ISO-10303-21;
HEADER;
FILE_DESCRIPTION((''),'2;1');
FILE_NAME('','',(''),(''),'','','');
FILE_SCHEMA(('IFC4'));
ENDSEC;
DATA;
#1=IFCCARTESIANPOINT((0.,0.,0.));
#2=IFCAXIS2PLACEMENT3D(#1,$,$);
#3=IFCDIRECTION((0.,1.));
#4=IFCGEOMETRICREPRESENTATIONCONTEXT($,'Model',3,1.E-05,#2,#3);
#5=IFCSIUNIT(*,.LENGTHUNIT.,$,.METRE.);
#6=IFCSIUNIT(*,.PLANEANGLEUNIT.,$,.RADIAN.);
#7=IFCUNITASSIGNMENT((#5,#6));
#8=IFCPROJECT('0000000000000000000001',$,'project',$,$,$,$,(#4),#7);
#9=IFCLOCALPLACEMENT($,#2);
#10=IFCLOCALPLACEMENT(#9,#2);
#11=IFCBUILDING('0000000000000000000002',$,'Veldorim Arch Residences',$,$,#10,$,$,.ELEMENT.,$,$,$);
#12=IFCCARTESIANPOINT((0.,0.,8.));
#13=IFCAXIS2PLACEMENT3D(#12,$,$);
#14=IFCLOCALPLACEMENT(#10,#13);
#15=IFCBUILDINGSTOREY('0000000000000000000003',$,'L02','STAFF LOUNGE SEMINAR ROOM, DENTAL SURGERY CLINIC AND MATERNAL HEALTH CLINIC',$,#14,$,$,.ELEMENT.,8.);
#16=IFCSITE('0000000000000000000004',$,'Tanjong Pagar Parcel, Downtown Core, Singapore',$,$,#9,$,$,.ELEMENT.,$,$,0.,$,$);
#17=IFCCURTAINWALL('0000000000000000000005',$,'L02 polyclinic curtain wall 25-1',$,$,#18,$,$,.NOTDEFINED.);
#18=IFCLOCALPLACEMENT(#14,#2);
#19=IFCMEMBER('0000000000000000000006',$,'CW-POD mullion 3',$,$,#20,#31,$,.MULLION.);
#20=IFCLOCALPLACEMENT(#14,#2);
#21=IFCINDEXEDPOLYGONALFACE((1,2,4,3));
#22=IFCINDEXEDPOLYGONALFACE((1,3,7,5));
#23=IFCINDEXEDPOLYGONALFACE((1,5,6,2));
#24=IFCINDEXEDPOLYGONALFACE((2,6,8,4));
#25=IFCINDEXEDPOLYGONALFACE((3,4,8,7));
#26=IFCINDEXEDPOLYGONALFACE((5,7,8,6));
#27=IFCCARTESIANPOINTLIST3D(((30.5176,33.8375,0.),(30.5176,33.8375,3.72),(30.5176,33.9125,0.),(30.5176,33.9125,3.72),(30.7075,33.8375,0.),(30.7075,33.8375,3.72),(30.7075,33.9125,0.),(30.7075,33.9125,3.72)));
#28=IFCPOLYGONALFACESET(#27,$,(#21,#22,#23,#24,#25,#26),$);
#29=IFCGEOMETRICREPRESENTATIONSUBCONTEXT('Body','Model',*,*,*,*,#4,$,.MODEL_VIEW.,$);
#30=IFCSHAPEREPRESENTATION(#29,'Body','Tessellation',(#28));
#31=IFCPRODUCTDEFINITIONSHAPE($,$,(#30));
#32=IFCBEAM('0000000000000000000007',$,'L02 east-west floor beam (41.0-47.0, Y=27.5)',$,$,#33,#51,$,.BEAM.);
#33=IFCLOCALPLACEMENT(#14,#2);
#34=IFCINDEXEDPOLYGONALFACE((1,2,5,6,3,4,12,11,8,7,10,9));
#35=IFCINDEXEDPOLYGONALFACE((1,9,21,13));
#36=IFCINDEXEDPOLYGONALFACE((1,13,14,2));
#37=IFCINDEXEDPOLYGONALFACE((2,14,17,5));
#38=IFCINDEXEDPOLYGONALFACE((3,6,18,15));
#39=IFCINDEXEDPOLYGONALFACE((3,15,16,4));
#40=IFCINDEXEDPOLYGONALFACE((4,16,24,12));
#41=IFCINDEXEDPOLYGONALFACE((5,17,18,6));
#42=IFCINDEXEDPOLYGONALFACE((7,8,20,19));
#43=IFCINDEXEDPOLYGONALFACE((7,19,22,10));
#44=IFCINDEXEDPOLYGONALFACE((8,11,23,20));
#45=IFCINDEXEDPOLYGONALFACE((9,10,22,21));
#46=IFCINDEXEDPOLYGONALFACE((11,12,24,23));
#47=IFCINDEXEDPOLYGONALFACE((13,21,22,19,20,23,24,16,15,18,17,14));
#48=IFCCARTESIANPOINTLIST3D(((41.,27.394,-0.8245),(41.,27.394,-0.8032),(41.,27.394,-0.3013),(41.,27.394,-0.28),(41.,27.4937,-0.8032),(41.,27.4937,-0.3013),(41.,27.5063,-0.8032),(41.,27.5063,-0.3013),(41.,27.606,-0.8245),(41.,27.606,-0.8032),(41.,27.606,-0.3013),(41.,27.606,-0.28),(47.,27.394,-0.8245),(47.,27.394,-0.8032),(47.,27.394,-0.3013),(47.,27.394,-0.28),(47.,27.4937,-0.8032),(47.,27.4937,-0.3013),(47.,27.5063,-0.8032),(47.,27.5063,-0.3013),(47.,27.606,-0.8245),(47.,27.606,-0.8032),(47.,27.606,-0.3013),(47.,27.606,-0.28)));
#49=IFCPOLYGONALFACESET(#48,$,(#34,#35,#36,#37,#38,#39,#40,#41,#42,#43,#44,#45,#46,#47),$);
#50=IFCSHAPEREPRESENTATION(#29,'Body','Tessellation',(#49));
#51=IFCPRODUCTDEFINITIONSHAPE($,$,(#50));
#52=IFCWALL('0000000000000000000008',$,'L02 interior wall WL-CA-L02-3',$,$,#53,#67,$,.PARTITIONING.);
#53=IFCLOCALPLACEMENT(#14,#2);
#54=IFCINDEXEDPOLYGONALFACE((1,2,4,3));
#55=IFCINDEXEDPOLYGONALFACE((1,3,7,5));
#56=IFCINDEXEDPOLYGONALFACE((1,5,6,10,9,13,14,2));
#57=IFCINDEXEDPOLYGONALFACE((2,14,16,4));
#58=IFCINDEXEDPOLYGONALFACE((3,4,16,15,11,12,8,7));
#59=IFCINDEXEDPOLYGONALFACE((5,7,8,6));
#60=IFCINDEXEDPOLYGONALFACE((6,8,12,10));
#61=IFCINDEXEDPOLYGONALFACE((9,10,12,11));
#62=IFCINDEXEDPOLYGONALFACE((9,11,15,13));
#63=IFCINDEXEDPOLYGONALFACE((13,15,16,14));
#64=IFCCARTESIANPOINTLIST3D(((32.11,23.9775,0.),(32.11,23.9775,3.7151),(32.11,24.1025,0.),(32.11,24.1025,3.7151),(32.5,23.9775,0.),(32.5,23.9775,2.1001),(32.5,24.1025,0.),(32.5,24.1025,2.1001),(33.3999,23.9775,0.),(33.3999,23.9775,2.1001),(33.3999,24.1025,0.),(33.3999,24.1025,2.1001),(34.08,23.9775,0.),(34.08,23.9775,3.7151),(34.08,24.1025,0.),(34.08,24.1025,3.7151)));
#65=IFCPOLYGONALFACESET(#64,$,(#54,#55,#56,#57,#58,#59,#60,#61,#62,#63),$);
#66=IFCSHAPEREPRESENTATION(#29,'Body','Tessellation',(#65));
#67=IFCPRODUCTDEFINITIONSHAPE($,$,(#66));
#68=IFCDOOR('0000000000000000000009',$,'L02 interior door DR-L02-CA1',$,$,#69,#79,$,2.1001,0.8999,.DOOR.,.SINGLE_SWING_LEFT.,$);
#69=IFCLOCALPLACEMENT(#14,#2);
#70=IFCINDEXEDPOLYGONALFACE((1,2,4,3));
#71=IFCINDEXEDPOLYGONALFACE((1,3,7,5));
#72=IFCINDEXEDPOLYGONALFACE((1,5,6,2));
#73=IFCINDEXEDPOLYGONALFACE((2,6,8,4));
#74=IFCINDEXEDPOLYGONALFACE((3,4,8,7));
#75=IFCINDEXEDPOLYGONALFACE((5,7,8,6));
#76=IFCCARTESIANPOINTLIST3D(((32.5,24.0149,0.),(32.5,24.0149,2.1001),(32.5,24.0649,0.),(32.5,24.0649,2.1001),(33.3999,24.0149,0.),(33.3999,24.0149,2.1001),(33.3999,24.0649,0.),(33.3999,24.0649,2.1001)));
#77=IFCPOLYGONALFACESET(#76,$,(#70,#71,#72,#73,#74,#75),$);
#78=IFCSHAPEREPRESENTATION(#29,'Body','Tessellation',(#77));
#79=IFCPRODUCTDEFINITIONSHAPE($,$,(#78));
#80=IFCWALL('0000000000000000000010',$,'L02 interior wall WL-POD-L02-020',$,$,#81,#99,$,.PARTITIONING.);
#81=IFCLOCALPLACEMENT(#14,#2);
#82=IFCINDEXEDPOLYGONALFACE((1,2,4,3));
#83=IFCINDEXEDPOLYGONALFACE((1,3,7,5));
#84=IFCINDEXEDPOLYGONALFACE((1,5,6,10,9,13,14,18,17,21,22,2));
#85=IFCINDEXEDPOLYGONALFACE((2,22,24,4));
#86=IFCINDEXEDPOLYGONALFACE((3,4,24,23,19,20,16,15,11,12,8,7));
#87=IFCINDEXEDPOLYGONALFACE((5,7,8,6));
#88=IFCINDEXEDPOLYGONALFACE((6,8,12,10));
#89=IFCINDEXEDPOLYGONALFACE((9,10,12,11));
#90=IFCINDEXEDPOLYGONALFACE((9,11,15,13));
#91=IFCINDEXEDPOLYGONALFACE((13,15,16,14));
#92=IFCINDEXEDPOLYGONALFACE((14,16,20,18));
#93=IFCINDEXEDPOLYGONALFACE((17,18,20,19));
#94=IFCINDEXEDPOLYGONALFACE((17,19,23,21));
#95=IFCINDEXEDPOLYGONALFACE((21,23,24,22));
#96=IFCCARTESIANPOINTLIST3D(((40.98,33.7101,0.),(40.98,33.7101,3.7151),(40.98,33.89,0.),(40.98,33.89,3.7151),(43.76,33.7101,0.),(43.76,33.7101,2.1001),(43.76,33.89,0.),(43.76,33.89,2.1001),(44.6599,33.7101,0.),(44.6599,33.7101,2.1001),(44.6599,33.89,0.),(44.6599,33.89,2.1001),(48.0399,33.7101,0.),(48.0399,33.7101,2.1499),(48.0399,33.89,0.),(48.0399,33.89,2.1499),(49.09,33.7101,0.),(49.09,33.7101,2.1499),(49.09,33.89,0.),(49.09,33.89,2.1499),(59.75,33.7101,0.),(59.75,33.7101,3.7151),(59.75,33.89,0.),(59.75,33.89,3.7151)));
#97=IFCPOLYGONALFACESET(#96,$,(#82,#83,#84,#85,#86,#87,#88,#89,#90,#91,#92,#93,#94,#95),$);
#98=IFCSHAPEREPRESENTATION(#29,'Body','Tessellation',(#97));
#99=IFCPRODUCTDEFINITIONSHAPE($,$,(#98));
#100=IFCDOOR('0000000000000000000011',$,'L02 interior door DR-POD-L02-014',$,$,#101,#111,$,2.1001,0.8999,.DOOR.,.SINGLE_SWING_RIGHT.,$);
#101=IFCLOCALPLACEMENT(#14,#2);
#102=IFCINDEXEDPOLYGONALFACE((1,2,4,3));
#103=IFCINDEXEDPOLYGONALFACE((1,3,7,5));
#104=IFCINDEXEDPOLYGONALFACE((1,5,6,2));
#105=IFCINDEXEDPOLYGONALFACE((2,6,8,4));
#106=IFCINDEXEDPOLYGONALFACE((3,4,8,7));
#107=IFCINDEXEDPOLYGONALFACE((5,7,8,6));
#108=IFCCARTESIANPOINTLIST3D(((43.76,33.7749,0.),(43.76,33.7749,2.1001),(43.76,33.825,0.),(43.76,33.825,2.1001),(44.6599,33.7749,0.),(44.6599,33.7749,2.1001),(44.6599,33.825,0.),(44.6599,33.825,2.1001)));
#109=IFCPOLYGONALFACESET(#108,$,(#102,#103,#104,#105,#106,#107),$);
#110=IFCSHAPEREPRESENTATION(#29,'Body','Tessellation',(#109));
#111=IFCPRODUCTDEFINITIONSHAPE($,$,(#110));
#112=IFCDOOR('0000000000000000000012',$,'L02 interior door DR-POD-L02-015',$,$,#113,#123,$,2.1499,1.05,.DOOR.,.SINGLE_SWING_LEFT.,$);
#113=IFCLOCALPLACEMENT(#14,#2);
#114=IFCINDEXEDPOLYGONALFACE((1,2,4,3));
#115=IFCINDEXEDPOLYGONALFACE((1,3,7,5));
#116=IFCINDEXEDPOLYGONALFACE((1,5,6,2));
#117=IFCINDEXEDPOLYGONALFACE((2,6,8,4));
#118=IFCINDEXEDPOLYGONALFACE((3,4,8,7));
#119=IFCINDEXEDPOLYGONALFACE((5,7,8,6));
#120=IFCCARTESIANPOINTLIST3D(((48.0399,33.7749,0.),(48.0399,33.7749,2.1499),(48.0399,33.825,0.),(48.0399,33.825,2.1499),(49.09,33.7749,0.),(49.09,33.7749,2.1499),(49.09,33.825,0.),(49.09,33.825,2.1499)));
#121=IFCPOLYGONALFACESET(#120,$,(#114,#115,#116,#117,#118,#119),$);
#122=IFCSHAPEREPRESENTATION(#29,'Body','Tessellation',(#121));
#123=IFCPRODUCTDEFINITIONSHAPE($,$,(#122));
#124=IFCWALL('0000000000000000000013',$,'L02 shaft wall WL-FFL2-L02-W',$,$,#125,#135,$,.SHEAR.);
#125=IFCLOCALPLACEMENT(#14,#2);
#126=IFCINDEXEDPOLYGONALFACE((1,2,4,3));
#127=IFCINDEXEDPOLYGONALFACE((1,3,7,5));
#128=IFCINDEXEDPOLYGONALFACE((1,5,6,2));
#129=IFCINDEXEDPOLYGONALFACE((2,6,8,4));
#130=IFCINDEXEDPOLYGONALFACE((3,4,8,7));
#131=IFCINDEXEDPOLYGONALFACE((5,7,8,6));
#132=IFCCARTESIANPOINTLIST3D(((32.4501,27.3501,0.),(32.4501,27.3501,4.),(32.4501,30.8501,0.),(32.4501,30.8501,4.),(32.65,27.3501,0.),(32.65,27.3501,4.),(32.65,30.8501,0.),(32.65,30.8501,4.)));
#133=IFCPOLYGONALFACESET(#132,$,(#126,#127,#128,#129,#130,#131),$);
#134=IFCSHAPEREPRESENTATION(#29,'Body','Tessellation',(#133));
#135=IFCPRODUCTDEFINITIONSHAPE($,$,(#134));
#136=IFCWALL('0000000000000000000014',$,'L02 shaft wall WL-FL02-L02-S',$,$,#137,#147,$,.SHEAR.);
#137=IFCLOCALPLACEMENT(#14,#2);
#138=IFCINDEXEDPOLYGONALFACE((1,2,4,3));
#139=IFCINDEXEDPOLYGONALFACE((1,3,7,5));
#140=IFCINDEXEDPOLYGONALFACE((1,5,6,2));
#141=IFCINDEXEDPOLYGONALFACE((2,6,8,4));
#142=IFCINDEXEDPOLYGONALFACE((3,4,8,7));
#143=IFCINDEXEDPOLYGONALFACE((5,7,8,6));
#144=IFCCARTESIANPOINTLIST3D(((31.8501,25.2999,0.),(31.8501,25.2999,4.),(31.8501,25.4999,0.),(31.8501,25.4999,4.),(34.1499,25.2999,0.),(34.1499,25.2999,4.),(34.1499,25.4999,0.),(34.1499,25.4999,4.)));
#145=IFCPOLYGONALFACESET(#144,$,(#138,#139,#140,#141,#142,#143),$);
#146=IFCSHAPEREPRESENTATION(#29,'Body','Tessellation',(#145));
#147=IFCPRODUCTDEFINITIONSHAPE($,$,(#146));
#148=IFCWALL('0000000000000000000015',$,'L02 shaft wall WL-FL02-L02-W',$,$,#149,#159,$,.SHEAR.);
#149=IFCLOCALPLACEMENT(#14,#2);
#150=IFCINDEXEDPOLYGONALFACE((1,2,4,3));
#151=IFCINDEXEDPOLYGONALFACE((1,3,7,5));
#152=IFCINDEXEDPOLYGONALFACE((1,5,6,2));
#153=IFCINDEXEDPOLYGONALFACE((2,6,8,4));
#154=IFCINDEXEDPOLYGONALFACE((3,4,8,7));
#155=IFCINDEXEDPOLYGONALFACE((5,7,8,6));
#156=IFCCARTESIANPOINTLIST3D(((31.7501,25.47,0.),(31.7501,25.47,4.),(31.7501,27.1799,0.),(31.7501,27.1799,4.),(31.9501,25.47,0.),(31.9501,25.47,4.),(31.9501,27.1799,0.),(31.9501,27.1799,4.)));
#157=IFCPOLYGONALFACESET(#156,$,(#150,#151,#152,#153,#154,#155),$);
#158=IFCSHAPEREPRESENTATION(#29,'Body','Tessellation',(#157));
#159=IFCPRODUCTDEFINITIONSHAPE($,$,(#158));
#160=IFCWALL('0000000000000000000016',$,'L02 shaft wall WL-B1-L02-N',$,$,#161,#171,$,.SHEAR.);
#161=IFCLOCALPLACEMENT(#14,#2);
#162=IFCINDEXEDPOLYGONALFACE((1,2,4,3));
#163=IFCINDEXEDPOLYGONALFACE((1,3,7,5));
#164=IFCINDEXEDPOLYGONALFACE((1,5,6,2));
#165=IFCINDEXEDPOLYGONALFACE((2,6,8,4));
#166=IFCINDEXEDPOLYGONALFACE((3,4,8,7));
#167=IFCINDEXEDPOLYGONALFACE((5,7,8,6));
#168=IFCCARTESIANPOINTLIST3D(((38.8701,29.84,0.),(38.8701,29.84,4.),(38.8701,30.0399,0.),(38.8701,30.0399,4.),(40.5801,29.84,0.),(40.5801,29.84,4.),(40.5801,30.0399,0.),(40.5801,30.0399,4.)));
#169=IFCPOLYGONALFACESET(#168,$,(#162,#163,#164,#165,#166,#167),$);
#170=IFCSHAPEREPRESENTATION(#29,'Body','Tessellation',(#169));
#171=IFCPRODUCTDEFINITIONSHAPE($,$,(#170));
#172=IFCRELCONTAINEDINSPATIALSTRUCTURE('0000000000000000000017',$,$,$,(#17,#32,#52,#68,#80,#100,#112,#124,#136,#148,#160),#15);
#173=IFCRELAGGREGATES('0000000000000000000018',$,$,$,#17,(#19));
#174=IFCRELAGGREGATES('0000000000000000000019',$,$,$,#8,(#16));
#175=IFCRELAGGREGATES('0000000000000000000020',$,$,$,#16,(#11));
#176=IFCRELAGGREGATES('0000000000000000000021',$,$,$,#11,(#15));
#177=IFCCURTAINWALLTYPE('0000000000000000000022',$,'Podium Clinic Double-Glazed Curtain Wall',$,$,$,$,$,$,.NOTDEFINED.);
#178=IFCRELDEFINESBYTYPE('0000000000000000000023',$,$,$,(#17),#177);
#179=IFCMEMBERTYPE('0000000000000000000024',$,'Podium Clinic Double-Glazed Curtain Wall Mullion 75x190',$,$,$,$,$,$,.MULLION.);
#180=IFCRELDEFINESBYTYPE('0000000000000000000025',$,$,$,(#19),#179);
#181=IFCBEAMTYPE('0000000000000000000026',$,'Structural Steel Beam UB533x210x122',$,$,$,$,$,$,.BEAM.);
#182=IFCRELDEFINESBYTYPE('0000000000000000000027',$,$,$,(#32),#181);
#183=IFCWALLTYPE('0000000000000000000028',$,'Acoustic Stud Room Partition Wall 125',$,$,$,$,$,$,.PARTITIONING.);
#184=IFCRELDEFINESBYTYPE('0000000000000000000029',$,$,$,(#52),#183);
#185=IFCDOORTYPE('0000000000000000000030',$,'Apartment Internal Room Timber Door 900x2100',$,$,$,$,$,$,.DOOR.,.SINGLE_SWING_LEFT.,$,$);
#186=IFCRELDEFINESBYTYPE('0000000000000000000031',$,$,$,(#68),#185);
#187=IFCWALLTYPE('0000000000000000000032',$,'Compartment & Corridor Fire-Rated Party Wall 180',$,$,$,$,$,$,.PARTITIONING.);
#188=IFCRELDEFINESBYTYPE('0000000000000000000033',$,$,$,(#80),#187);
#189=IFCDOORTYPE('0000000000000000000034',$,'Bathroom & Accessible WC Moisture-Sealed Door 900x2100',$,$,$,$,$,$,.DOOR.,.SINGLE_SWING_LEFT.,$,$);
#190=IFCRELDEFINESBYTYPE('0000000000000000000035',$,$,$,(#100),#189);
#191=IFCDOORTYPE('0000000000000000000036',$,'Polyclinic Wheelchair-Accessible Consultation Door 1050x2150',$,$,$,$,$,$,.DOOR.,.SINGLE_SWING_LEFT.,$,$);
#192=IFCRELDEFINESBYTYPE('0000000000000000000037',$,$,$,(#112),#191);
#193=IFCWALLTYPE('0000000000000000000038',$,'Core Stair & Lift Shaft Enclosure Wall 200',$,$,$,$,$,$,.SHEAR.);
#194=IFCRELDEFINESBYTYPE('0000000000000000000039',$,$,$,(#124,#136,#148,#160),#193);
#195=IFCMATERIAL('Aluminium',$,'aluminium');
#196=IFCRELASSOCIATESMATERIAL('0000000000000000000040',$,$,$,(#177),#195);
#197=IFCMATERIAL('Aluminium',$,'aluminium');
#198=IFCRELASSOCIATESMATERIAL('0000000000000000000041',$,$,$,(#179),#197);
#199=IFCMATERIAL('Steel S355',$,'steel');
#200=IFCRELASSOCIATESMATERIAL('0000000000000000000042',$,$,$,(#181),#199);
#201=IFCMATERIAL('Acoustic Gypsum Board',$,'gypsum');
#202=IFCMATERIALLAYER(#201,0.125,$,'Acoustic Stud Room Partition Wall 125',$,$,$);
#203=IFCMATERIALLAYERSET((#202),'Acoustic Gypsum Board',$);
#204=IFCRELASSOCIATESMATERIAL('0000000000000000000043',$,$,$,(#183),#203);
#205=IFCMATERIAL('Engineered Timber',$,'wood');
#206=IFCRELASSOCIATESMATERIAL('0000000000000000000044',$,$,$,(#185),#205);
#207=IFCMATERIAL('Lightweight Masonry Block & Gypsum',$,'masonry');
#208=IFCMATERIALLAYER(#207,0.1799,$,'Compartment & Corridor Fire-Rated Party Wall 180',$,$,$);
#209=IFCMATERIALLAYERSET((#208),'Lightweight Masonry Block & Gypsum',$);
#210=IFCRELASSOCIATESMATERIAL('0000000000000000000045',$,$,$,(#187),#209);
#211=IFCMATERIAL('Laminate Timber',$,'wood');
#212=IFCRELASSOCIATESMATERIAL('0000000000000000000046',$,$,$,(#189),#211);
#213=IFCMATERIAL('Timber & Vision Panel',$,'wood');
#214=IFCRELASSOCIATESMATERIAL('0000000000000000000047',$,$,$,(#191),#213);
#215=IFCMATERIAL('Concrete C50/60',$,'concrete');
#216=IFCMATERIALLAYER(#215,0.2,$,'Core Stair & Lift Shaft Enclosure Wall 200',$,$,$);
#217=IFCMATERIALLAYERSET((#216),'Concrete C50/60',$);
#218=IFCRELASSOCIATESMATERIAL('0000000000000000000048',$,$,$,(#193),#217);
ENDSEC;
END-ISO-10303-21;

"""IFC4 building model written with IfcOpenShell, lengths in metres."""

from ifc_helpers import new_model, si_unit, direction, frame, frame_2d, origin, origin_2d, place, context, subcontext, project, spatial, rectangle, i_section, extrude, material, layer, layer_set, material_profile, profile_set, type_object, element, fill, aggregate, save


model = new_model("IFC4")

# Units and contexts
model_context = context("Model", 3, precision=1e-05, world=origin(), true_north=direction((0.0, 1.0)))
body_context = subcontext(model_context, "Body", "Model", "MODEL_VIEW")
ifc_project = project(units=[si_unit("LENGTHUNIT", "METRE"), si_unit("PLANEANGLEUNIT", "RADIAN")], contexts=[model_context])

# Site, building, storey
site_placement = place(None, origin())
site = spatial("IfcSite", under=ifc_project, at=site_placement, Name="Tanjong Pagar Parcel, Downtown Core, Singapore", CompositionType="ELEMENT", RefElevation=0.0)
building_placement = place(site_placement, origin())
building = spatial("IfcBuilding", under=site, at=building_placement, Name="Veldorim Arch Residences", CompositionType="ELEMENT")
storey_placement = place(building_placement, frame((0.0, 0.0, 8.0)))
storey = spatial("IfcBuildingStorey", under=building, at=storey_placement, Name="L02", Description="STAFF LOUNGE SEMINAR ROOM, DENTAL SURGERY CLINIC AND MATERNAL HEALTH CLINIC", CompositionType="ELEMENT", Elevation=8.0)

# Curtain wall, member
ifc_material_1 = material(Name="Aluminium", Category="aluminium")
curtain_wall_type = type_object("IfcCurtainWallType", Name="Podium Clinic Double-Glazed Curtain Wall", PredefinedType="NOTDEFINED", material=ifc_material_1)
curtain_wall_placement = place(storey_placement, origin())
curtain_wall = element("IfcCurtainWall", 1, at=curtain_wall_placement, inside=storey, type_object=curtain_wall_type, Name="L02 polyclinic curtain wall 25-1", PredefinedType="NOTDEFINED")
ifc_material_2 = material(Name="Aluminium", Category="aluminium")
ifc_material_profile_1 = material_profile(ifc_material_2, rectangle(XDim=0.075, YDim=0.1899, at=origin_2d()), Name="ALU_MUL_75x190")
ifc_profile_set_1 = profile_set([ifc_material_profile_1], Name="Aluminium")
member_type = type_object("IfcMemberType", Name="Podium Clinic Double-Glazed Curtain Wall Mullion 75x190", PredefinedType="MULLION", material=ifc_profile_set_1)
member_placement = place(storey_placement, frame((30.6125, 33.875, 0.0), z_axis=(0.0, 0.0, 1.0), x_axis=(0.0, 1.0, 0.0)))
member = element("IfcMember", 2, at=member_placement, type_object=member_type, Name="CW-POD mullion 3", PredefinedType="MULLION", context=body_context, shape_type="SweptSolid", body=[
    extrude(rectangle(XDim=0.075, YDim=0.1899, at=origin_2d()), origin(), (0.0, 0.0, 1.0), 3.72),
])
aggregate(curtain_wall, [member])

# Beam
ifc_material_3 = material(Name="Steel S355", Category="steel")
ifc_material_profile_2 = material_profile(ifc_material_3, i_section(OverallWidth=0.2119, OverallDepth=0.5444, WebThickness=0.0127, FlangeThickness=0.0212, at=origin_2d()), Name="UB533x210x122")
ifc_profile_set_2 = profile_set([ifc_material_profile_2], Name="Steel S355")
beam_type = type_object("IfcBeamType", Name="Structural Steel Beam UB533x210x122", PredefinedType="BEAM", material=ifc_profile_set_2)
beam_placement = place(storey_placement, frame((41.0, 27.5, -0.5522), z_axis=(1.0, 0.0, 0.0), x_axis=(0.0, 1.0, 0.0)))
element("IfcBeam", 3, at=beam_placement, inside=storey, type_object=beam_type, Name="L02 east-west floor beam (41.0-47.0, Y=27.5)", PredefinedType="BEAM", context=body_context, shape_type="SweptSolid", body=[
    extrude(i_section(OverallWidth=0.2119, OverallDepth=0.5444, WebThickness=0.0127, FlangeThickness=0.0212, at=origin_2d()), origin(), (0.0, 0.0, 1.0), 6.0),
])

# Wall, opening, door
ifc_material_4 = material(Name="Acoustic Gypsum Board", Category="gypsum")
ifc_layer_1 = layer(ifc_material_4, 0.125, Name="Acoustic Stud Room Partition Wall 125")
ifc_layer_set_1 = layer_set([ifc_layer_1], Name="Acoustic Gypsum Board")
wall_type_1 = type_object("IfcWallType", Name="Acoustic Stud Room Partition Wall 125", PredefinedType="PARTITIONING", material=ifc_layer_set_1)
wall_1_placement = place(storey_placement, frame((32.1101, 24.04, 0.0), z_axis=(0.0, 0.0, 1.0), x_axis=(1.0, 0.0, 0.0)))
wall_1 = element("IfcWall", 4, at=wall_1_placement, inside=storey, type_object=wall_type_1, Name="L02 interior wall WL-CA-L02-3", PredefinedType="PARTITIONING", context=body_context, shape_type="SweptSolid", body=[
    extrude(rectangle(XDim=1.97, YDim=0.125, at=frame_2d((0.9849, 0.0))), origin(), (0.0, 0.0, 1.0), 3.7151),
])
opening_1_placement = place(wall_1_placement, frame((0.3899, 0.0, 0.0)))
opening_1 = element("IfcOpeningElement", 5, at=opening_1_placement, cuts=wall_1, PredefinedType="OPENING", context=body_context, shape_type="SweptSolid", body=[
    extrude(rectangle(XDim=0.8999, YDim=2.1001, at=frame_2d((0.45, 1.05))), frame((0.0, 0.0725, 0.0), z_axis=(0.0, -1.0, 0.0), x_axis=(1.0, 0.0, 0.0)), (0.0, 0.0, 1.0), 0.145),
])
ifc_material_5 = material(Name="Engineered Timber", Category="wood")
door_type_1 = type_object("IfcDoorType", Name="Apartment Internal Room Timber Door 900x2100", OperationType="SINGLE_SWING_LEFT", PredefinedType="DOOR", material=ifc_material_5)
door_1_placement = place(opening_1_placement, origin())
door_1 = element("IfcDoor", 6, at=door_1_placement, inside=storey, type_object=door_type_1, Name="L02 interior door DR-L02-CA1", OperationType="SINGLE_SWING_LEFT", OverallHeight=2.1001, OverallWidth=0.8999, PredefinedType="DOOR", context=body_context, shape_type="SweptSolid", body=[
    extrude(rectangle(XDim=0.8999, YDim=2.1001, at=frame_2d((0.45, 1.05))), frame((0.0, 0.0249, 0.0), z_axis=(0.0, -1.0, 0.0), x_axis=(1.0, 0.0, 0.0)), (0.0, 0.0, 1.0), 0.05),
])
fill(opening_1, door_1)

# Wall, openings, doors
ifc_material_6 = material(Name="Lightweight Masonry Block & Gypsum", Category="masonry")
ifc_layer_2 = layer(ifc_material_6, 0.1799, Name="Compartment & Corridor Fire-Rated Party Wall 180")
ifc_layer_set_2 = layer_set([ifc_layer_2], Name="Lightweight Masonry Block & Gypsum")
wall_type_2 = type_object("IfcWallType", Name="Compartment & Corridor Fire-Rated Party Wall 180", PredefinedType="PARTITIONING", material=ifc_layer_set_2)
wall_2_placement = place(storey_placement, frame((40.98, 33.8, 0.0), z_axis=(0.0, 0.0, 1.0), x_axis=(1.0, 0.0, 0.0)))
wall_2 = element("IfcWall", 7, at=wall_2_placement, inside=storey, type_object=wall_type_2, Name="L02 interior wall WL-POD-L02-020", PredefinedType="PARTITIONING", context=body_context, shape_type="SweptSolid", body=[
    extrude(rectangle(XDim=18.77, YDim=0.1799, at=frame_2d((9.385, 0.0))), origin(), (0.0, 0.0, 1.0), 3.7151),
])
opening_2_placement = place(wall_2_placement, frame((2.78, 0.0, 0.0)))
opening_2 = element("IfcOpeningElement", 8, at=opening_2_placement, cuts=wall_2, PredefinedType="OPENING", context=body_context, shape_type="SweptSolid", body=[
    extrude(rectangle(XDim=0.8999, YDim=2.1001, at=frame_2d((0.45, 1.05))), frame((0.0, 0.0999, 0.0), z_axis=(0.0, -1.0, 0.0), x_axis=(1.0, 0.0, 0.0)), (0.0, 0.0, 1.0), 0.2),
])
opening_3_placement = place(wall_2_placement, frame((7.0601, 0.0, 0.0)))
opening_3 = element("IfcOpeningElement", 9, at=opening_3_placement, cuts=wall_2, PredefinedType="OPENING", context=body_context, shape_type="SweptSolid", body=[
    extrude(rectangle(XDim=1.05, YDim=2.1499, at=frame_2d((0.5249, 1.075))), frame((0.0, 0.0999, 0.0), z_axis=(0.0, -1.0, 0.0), x_axis=(1.0, 0.0, 0.0)), (0.0, 0.0, 1.0), 0.2),
])
ifc_material_7 = material(Name="Laminate Timber", Category="wood")
door_type_2 = type_object("IfcDoorType", Name="Bathroom & Accessible WC Moisture-Sealed Door 900x2100", OperationType="SINGLE_SWING_LEFT", PredefinedType="DOOR", material=ifc_material_7)
door_2_placement = place(opening_2_placement, origin())
door_2 = element("IfcDoor", 10, at=door_2_placement, inside=storey, type_object=door_type_2, Name="L02 interior door DR-POD-L02-014", OperationType="SINGLE_SWING_RIGHT", OverallHeight=2.1001, OverallWidth=0.8999, PredefinedType="DOOR", context=body_context, shape_type="SweptSolid", body=[
    extrude(rectangle(XDim=0.8999, YDim=2.1001, at=frame_2d((0.45, 1.05))), frame((0.0, 0.0249, 0.0), z_axis=(0.0, -1.0, 0.0), x_axis=(1.0, 0.0, 0.0)), (0.0, 0.0, 1.0), 0.05),
])
fill(opening_2, door_2)
ifc_material_8 = material(Name="Timber & Vision Panel", Category="wood")
door_type_3 = type_object("IfcDoorType", Name="Polyclinic Wheelchair-Accessible Consultation Door 1050x2150", OperationType="SINGLE_SWING_LEFT", PredefinedType="DOOR", material=ifc_material_8)
door_3_placement = place(opening_3_placement, origin())
door_3 = element("IfcDoor", 11, at=door_3_placement, inside=storey, type_object=door_type_3, Name="L02 interior door DR-POD-L02-015", OperationType="SINGLE_SWING_LEFT", OverallHeight=2.1499, OverallWidth=1.05, PredefinedType="DOOR", context=body_context, shape_type="SweptSolid", body=[
    extrude(rectangle(XDim=1.05, YDim=2.1499, at=frame_2d((0.5249, 1.075))), frame((0.0, 0.0249, 0.0), z_axis=(0.0, -1.0, 0.0), x_axis=(1.0, 0.0, 0.0)), (0.0, 0.0, 1.0), 0.05),
])
fill(opening_3, door_3)

# Shared definitions
ifc_material_9 = material(Name="Concrete C50/60", Category="concrete")
ifc_layer_3 = layer(ifc_material_9, 0.2, Name="Core Stair & Lift Shaft Enclosure Wall 200")
ifc_layer_set_3 = layer_set([ifc_layer_3], Name="Concrete C50/60")
wall_type_3 = type_object("IfcWallType", Name="Core Stair & Lift Shaft Enclosure Wall 200", PredefinedType="SHEAR", material=ifc_layer_set_3)

# Wall
wall_3_placement = place(storey_placement, frame((32.55, 27.3501, 0.0), z_axis=(0.0, 0.0, 1.0), x_axis=(0.0, 1.0, 0.0)))
element("IfcWall", 12, at=wall_3_placement, inside=storey, type_object=wall_type_3, Name="L02 shaft wall WL-FFL2-L02-W", PredefinedType="SHEAR", context=body_context, shape_type="SweptSolid", body=[
    extrude(rectangle(XDim=3.5, YDim=0.2, at=frame_2d((1.75, 0.0))), origin(), (0.0, 0.0, 1.0), 4.0),
])

# Walls
wall_4_placement = place(storey_placement, frame((31.8501, 25.3999, 0.0), z_axis=(0.0, 0.0, 1.0), x_axis=(1.0, 0.0, 0.0)))
element("IfcWall", 13, at=wall_4_placement, inside=storey, type_object=wall_type_3, Name="L02 shaft wall WL-FL02-L02-S", PredefinedType="SHEAR", context=body_context, shape_type="SweptSolid", body=[
    extrude(rectangle(XDim=2.2998, YDim=0.2, at=frame_2d((1.1499, 0.0))), origin(), (0.0, 0.0, 1.0), 4.0),
])
for number, where, z_axis, x_axis, name in (
    (14, (31.8501, 25.47, 0.0), (0.0, 0.0, 1.0), (0.0, 1.0, 0.0), "L02 shaft wall WL-FL02-L02-W"),
    (15, (38.8701, 29.9399, 0.0), (0.0, 0.0, 1.0), (1.0, 0.0, 0.0), "L02 shaft wall WL-B1-L02-N"),
):
    element("IfcWall", number, at=place(storey_placement, frame(where, z_axis=z_axis, x_axis=x_axis)), inside=storey, type_object=wall_type_3, Name=name, PredefinedType="SHEAR", context=body_context, shape_type="SweptSolid", body=[
        extrude(rectangle(XDim=1.71, YDim=0.2, at=frame_2d((0.855, 0.0))), origin(), (0.0, 0.0, 1.0), 4.0),
    ])

save(model, "model.ifc")
